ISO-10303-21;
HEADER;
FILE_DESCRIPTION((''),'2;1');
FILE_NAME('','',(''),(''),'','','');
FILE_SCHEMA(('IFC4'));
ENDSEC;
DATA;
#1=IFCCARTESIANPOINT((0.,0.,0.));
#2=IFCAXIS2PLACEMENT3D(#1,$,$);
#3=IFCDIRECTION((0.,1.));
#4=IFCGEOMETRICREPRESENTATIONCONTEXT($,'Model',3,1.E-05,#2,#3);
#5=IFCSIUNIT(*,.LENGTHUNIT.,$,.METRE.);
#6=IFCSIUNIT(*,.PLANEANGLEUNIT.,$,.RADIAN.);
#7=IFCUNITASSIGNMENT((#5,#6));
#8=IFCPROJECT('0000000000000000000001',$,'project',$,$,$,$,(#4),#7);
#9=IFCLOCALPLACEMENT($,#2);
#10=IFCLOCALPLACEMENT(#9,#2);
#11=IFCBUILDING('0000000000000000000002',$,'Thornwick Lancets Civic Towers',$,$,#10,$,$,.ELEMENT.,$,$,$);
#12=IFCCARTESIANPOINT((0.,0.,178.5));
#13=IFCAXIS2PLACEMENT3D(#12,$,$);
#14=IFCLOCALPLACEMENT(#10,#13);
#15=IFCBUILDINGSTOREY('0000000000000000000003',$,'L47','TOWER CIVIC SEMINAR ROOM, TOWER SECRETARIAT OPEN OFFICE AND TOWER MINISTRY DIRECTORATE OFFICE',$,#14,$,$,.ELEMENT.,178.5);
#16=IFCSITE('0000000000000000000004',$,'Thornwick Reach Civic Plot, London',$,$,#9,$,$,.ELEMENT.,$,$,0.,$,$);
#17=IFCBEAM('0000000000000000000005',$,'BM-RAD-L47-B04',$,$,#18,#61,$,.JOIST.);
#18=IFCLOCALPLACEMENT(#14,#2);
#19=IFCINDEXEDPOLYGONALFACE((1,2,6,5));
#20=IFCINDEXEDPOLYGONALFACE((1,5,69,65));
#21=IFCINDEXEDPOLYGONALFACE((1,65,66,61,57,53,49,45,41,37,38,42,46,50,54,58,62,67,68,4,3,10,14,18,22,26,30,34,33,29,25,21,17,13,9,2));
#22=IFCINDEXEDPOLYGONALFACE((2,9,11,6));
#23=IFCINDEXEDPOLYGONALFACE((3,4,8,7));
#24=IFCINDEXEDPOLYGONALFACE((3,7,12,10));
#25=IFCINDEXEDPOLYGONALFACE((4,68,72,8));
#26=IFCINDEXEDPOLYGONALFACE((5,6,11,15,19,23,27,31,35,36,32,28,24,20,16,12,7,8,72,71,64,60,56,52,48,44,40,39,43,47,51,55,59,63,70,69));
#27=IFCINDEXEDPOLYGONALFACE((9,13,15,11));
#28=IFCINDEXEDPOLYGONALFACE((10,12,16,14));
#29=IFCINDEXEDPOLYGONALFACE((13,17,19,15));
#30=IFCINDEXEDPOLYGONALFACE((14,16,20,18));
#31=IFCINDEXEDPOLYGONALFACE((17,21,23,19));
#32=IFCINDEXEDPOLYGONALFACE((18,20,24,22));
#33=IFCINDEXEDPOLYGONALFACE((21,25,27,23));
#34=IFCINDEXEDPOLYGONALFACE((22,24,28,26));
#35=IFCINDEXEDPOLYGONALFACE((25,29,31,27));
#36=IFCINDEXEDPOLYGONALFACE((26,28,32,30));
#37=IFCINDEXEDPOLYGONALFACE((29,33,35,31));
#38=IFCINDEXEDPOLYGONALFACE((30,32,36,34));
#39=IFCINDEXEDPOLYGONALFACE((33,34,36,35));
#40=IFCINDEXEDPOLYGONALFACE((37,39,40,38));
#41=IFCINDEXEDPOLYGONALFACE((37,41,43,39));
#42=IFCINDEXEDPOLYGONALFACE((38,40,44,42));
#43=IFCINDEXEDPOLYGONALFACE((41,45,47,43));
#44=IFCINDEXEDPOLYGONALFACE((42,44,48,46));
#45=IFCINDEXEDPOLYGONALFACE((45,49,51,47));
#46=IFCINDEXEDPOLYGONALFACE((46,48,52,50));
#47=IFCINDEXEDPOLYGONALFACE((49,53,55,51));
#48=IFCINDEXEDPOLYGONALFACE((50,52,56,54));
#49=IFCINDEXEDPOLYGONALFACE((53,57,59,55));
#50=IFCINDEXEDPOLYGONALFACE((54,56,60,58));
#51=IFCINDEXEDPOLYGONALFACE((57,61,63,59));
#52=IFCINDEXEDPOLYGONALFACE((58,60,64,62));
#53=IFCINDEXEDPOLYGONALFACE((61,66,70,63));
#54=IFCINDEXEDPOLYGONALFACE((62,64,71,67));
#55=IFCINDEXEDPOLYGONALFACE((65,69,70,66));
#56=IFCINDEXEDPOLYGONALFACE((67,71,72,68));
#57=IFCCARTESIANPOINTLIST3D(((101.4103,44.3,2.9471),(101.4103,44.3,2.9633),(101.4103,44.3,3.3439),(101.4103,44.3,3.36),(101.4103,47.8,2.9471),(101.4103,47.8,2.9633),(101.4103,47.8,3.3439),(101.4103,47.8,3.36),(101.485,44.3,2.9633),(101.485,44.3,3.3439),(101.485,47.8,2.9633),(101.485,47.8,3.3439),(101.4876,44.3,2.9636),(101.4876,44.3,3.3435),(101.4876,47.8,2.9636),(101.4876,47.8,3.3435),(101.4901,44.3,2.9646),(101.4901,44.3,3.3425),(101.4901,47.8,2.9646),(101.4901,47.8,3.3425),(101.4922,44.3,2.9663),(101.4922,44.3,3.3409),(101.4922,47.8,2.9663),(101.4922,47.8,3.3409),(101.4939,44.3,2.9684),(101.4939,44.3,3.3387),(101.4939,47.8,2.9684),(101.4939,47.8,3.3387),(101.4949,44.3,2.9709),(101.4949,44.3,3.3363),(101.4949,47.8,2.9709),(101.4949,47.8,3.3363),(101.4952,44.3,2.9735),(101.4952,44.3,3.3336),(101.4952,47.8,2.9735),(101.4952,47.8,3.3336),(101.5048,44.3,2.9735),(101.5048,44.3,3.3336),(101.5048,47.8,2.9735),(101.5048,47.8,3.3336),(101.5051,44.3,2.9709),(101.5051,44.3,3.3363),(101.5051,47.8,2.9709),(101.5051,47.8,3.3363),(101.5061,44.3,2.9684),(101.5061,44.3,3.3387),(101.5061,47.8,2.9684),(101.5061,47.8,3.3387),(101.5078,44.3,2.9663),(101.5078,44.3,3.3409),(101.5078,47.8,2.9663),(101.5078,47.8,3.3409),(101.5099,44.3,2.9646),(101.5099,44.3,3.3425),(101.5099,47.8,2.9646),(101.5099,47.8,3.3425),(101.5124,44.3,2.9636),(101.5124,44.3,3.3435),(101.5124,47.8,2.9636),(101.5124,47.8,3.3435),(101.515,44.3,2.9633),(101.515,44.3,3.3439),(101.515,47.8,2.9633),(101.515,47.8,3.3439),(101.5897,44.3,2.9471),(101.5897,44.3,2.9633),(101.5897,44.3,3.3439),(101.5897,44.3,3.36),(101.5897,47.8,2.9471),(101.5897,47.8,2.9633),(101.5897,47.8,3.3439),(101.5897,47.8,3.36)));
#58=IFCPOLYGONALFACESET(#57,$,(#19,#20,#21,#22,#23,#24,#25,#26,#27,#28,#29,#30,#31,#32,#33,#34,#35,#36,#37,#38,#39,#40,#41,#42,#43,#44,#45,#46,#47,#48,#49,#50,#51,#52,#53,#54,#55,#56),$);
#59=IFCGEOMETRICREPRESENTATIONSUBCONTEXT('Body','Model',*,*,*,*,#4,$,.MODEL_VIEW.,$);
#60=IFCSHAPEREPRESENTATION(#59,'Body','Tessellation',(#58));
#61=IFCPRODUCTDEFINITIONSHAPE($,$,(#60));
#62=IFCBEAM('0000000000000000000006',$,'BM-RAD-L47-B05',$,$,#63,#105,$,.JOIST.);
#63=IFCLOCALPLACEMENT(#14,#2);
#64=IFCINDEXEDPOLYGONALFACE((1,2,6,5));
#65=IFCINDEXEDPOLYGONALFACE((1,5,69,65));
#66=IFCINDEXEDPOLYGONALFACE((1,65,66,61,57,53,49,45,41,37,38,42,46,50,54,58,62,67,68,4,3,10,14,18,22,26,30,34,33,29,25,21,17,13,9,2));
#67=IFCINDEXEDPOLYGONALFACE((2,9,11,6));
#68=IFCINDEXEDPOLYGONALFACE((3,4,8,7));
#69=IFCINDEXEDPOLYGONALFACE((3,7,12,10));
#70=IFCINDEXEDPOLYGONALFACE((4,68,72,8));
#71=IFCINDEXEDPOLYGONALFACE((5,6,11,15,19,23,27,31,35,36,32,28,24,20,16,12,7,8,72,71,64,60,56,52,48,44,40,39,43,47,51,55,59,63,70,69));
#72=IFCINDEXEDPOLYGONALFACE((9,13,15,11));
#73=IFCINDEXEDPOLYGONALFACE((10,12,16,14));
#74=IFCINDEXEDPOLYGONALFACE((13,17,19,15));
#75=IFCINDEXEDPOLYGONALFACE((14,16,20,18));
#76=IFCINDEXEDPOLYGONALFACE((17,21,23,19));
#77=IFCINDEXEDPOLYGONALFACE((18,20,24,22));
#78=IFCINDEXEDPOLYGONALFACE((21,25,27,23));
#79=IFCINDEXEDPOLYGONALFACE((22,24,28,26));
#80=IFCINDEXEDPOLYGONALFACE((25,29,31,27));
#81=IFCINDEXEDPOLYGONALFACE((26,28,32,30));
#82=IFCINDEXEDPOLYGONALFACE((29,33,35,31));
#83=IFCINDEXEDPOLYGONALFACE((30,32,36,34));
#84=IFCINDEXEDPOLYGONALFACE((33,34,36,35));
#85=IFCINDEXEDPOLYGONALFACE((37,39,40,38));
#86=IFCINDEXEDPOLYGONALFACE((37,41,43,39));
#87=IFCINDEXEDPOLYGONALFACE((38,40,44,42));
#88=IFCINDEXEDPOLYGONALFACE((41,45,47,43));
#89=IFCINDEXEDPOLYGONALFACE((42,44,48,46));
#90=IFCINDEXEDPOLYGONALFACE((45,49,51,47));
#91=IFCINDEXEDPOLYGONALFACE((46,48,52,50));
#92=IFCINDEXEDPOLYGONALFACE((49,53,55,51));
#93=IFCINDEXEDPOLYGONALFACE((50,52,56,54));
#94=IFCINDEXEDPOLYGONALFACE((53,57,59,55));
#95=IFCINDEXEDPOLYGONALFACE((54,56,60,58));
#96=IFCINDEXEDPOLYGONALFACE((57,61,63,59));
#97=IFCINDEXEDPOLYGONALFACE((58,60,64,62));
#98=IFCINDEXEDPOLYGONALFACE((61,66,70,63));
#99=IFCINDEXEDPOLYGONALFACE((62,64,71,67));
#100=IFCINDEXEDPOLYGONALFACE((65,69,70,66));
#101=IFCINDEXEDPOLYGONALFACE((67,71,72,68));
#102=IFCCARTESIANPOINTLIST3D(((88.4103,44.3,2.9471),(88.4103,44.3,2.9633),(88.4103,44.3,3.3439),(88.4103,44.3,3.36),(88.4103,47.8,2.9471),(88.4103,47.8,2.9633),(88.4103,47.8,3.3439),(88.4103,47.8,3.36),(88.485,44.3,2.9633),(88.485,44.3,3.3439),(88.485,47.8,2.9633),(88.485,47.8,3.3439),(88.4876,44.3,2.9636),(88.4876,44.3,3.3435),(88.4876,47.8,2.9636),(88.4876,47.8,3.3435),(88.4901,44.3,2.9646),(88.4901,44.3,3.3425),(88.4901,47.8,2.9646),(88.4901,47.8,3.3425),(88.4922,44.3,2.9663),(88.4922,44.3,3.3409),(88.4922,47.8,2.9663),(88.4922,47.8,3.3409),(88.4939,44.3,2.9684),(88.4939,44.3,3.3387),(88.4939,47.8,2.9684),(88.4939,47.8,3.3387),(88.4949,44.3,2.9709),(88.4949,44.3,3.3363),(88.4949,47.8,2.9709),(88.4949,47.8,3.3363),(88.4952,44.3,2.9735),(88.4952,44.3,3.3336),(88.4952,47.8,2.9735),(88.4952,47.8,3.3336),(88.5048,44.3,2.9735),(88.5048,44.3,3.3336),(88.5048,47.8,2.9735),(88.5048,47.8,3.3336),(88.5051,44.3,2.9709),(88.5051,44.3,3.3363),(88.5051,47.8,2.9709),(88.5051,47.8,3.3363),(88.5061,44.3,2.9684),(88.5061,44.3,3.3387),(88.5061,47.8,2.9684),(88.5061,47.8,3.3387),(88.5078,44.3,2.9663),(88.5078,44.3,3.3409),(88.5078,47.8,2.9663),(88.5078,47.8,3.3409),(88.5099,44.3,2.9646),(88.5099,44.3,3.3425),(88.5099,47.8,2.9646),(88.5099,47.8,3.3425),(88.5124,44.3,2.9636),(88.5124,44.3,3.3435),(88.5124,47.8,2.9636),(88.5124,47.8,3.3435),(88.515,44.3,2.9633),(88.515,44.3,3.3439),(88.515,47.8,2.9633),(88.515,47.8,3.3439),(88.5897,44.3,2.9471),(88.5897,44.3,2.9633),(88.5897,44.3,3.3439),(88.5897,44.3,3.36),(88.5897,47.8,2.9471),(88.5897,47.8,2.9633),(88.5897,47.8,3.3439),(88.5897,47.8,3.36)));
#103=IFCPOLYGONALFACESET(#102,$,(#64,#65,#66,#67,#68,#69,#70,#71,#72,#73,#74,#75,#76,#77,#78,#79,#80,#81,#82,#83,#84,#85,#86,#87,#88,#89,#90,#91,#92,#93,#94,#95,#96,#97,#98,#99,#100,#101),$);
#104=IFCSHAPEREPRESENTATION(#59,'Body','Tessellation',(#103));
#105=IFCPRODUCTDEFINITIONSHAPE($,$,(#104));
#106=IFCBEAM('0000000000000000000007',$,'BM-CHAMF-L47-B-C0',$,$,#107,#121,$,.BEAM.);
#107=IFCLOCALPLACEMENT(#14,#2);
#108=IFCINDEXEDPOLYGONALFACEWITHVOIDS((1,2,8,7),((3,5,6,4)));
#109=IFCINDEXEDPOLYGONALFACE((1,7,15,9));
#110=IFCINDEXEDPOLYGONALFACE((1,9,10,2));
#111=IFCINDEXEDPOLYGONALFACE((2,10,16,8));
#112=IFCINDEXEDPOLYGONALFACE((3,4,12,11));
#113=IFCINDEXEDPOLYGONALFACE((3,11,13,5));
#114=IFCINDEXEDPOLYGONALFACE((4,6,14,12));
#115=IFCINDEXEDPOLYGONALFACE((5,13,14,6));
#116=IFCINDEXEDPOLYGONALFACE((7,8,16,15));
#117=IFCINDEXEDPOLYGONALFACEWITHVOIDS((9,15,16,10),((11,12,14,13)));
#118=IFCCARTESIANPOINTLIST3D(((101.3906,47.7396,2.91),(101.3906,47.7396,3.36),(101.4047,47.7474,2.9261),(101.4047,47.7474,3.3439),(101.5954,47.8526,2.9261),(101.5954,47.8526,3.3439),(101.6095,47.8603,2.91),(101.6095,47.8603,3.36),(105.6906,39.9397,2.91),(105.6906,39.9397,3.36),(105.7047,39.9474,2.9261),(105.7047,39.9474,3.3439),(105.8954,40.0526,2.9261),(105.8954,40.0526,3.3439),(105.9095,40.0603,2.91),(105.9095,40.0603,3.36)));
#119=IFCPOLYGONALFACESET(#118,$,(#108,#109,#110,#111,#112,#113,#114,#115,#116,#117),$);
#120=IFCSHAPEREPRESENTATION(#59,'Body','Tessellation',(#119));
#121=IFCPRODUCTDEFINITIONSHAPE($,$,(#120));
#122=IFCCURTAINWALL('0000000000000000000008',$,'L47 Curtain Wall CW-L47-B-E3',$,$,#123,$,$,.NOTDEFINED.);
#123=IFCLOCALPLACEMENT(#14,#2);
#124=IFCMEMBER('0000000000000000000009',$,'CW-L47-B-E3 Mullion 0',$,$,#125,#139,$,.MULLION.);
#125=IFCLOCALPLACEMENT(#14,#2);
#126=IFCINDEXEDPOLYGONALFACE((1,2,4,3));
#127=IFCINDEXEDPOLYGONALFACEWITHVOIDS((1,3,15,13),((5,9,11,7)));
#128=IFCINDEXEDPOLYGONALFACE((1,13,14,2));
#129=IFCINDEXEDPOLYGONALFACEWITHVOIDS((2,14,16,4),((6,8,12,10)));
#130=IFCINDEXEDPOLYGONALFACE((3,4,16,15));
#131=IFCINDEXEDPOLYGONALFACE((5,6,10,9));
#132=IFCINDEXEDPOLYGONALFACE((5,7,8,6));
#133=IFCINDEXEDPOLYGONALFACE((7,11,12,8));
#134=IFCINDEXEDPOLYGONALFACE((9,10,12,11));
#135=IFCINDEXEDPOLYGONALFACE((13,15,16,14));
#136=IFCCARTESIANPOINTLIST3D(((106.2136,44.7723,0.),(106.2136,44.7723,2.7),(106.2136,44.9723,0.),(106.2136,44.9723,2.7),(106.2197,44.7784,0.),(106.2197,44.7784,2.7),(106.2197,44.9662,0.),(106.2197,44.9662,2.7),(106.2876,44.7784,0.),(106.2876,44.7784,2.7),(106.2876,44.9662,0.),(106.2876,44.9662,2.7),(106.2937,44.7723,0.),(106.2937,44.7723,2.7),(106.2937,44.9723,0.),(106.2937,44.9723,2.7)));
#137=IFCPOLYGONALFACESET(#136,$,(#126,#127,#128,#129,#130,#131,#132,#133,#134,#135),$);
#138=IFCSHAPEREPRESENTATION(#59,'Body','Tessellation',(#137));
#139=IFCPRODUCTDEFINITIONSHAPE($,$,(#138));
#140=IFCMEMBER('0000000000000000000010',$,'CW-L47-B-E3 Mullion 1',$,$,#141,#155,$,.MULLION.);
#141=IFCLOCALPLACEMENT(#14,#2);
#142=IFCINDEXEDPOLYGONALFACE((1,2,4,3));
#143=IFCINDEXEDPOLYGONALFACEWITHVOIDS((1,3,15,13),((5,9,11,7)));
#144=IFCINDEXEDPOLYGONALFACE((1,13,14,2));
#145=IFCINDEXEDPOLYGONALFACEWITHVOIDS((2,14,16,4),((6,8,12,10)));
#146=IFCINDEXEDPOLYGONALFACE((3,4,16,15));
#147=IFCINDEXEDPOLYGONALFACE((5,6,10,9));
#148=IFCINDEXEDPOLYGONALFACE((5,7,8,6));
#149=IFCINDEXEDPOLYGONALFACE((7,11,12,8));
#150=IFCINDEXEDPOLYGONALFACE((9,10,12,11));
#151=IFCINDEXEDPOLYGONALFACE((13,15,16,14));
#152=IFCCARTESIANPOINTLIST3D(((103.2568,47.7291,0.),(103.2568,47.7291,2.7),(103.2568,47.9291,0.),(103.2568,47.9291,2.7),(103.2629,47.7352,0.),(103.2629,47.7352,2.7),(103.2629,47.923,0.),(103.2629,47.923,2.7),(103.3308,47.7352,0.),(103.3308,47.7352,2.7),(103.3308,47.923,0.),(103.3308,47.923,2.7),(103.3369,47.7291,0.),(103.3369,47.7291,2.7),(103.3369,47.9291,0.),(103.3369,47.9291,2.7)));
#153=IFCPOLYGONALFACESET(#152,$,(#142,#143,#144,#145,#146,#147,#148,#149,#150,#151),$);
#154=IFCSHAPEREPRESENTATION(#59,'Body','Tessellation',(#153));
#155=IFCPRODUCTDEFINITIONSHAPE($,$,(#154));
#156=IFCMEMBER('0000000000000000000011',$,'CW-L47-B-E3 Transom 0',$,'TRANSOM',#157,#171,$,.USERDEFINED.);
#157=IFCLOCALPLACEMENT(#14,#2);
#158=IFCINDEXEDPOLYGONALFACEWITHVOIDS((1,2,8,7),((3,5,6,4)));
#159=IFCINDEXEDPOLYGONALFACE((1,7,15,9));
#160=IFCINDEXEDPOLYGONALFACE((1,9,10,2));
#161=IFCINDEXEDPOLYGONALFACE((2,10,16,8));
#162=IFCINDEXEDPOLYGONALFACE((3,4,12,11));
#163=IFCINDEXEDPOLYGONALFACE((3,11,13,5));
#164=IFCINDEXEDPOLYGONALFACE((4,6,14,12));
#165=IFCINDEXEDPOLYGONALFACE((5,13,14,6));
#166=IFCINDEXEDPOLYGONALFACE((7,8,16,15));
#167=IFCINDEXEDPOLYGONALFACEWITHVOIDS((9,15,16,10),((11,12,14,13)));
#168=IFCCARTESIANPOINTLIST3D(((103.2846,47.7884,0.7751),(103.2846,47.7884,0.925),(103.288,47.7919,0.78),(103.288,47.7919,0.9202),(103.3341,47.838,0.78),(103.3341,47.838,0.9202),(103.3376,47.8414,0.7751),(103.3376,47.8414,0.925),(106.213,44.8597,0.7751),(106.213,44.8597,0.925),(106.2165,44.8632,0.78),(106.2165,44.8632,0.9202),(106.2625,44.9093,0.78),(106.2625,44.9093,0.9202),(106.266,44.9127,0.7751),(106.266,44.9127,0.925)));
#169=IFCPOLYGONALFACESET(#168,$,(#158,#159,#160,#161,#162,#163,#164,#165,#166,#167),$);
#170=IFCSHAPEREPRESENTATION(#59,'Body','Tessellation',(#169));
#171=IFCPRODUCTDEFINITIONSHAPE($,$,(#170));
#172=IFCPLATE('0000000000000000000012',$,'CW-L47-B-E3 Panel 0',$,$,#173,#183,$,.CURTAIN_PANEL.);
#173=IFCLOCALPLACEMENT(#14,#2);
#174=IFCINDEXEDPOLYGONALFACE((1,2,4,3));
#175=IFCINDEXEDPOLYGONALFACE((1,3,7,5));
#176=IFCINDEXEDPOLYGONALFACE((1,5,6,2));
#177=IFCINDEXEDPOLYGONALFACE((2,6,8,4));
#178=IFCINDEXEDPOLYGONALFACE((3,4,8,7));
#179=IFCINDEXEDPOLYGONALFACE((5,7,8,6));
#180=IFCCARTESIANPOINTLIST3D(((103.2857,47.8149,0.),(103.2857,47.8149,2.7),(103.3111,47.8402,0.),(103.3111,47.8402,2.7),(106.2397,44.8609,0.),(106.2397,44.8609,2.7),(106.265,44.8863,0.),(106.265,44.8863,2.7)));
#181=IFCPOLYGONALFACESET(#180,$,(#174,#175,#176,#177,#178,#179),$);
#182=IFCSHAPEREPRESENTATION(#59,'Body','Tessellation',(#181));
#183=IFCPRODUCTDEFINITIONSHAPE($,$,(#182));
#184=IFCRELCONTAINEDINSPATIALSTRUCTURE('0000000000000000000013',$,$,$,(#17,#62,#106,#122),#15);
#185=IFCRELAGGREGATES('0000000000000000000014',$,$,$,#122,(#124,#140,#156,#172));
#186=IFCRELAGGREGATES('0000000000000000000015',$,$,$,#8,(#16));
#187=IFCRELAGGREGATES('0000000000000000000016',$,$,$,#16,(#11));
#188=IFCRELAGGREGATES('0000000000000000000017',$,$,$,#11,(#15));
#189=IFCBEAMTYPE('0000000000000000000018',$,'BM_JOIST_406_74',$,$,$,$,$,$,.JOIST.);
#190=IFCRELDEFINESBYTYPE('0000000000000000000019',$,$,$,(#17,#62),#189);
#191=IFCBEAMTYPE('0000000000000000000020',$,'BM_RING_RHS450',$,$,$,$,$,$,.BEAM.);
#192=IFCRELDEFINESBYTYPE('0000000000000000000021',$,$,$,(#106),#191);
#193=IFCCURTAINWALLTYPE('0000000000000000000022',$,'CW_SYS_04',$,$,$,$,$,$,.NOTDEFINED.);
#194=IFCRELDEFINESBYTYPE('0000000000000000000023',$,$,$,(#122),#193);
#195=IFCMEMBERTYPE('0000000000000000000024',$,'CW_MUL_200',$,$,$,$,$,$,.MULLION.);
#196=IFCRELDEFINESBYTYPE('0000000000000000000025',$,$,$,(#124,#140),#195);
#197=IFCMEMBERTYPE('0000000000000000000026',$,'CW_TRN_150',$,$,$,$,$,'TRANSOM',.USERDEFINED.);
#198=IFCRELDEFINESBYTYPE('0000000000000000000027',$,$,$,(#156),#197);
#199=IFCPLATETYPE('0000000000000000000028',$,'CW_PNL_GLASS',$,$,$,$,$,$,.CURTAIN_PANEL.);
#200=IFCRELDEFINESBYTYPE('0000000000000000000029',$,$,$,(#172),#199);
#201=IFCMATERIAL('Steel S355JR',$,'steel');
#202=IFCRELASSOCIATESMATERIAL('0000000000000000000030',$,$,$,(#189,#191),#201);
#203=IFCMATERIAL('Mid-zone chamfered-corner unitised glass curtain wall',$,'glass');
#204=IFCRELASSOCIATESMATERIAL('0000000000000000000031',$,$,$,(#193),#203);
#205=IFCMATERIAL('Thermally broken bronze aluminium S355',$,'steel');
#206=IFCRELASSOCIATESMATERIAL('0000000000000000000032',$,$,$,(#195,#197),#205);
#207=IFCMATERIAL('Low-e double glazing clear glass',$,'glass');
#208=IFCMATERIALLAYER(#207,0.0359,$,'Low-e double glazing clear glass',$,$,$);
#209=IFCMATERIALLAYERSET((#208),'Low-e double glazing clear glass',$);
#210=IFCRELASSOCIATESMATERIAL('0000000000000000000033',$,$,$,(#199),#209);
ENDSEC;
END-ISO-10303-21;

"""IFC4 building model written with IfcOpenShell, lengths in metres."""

from ifc_helpers import new_model, si_unit, direction, frame, origin, origin_2d, place, context, subcontext, project, spatial, rectangle, hollow_rectangle, i_section, extrude, material, layer, layer_set, material_profile, profile_set, type_object, element, aggregate, save


model = new_model("IFC4")

# Units and contexts
model_context = context("Model", 3, precision=1e-05, world=origin(), true_north=direction((0.0, 1.0)))
body_context = subcontext(model_context, "Body", "Model", "MODEL_VIEW")
ifc_project = project(units=[si_unit("LENGTHUNIT", "METRE"), si_unit("PLANEANGLEUNIT", "RADIAN")], contexts=[model_context])

# Site, building, storey
site_placement = place(None, origin())
site = spatial("IfcSite", under=ifc_project, at=site_placement, Name="Thornwick Reach Civic Plot, London", CompositionType="ELEMENT", RefElevation=0.0)
building_placement = place(site_placement, origin())
building = spatial("IfcBuilding", under=site, at=building_placement, Name="Thornwick Lancets Civic Towers", CompositionType="ELEMENT")
storey_placement = place(building_placement, frame((0.0, 0.0, 178.5)))
storey = spatial("IfcBuildingStorey", under=building, at=storey_placement, Name="L47", Description="TOWER CIVIC SEMINAR ROOM, TOWER SECRETARIAT OPEN OFFICE AND TOWER MINISTRY DIRECTORATE OFFICE", CompositionType="ELEMENT", Elevation=178.5)

# Beams
ifc_material_1 = material(Name="Steel S355JR", Category="steel")
ifc_material_profile_1 = material_profile(ifc_material_1, i_section(OverallWidth=0.1794, OverallDepth=0.4128, WebThickness=0.0095, FlangeThickness=0.0161, FilletRadius=0.0103, at=origin_2d()), Name="UKB 406x178x74")
ifc_profile_set_1 = profile_set([ifc_material_profile_1], Name="Steel S355JR")
beam_type_1 = type_object("IfcBeamType", Name="BM_JOIST_406_74", PredefinedType="JOIST", material=ifc_profile_set_1)
for number, where, z_axis, x_axis, name in (
    (1, (101.5, 44.3, 3.1536), (0.0, 1.0, 0.0), (-1.0, 0.0, 0.0), "BM-RAD-L47-B04"),
    (2, (88.5, 44.3, 3.1536), (0.0, 1.0, 0.0), (-1.0, 0.0, 0.0), "BM-RAD-L47-B05"),
):
    element("IfcBeam", number, at=place(storey_placement, frame(where, z_axis=z_axis, x_axis=x_axis)), inside=storey, type_object=beam_type_1, Name=name, PredefinedType="JOIST", context=body_context, shape_type="SweptSolid", body=[
        extrude(i_section(OverallWidth=0.1794, OverallDepth=0.4128, WebThickness=0.0095, FlangeThickness=0.0161, FilletRadius=0.0103, at=origin_2d()), origin(), (0.0, 0.0, 1.0), 3.5),
    ])
ifc_material_profile_2 = material_profile(ifc_material_1, hollow_rectangle(XDim=0.25, YDim=0.45, WallThickness=0.0161, at=origin_2d()), Name="RHS 450x250x16")
ifc_profile_set_2 = profile_set([ifc_material_profile_2], Name="Steel S355JR")
beam_type_2 = type_object("IfcBeamType", Name="BM_RING_RHS450", PredefinedType="BEAM", material=ifc_profile_set_2)
beam_1_placement = place(storey_placement, frame((105.8, 40.0, 3.135), z_axis=(-0.482782, 0.87574, 0.0), x_axis=(-0.87574, -0.482782, 0.0)))
element("IfcBeam", 3, at=beam_1_placement, inside=storey, type_object=beam_type_2, Name="BM-CHAMF-L47-B-C0", PredefinedType="BEAM", context=body_context, shape_type="SweptSolid", body=[
    extrude(hollow_rectangle(XDim=0.25, YDim=0.45, WallThickness=0.0161, at=origin_2d()), origin(), (0.0, 0.0, 1.0), 8.9067),
])

# Curtain wall, members, plate
ifc_material_2 = material(Name="Mid-zone chamfered-corner unitised glass curtain wall", Category="glass")
curtain_wall_type = type_object("IfcCurtainWallType", Name="CW_SYS_04", PredefinedType="NOTDEFINED", material=ifc_material_2)
curtain_wall_placement = place(storey_placement, origin())
curtain_wall = element("IfcCurtainWall", 4, at=curtain_wall_placement, inside=storey, type_object=curtain_wall_type, Name="L47 Curtain Wall CW-L47-B-E3", PredefinedType="NOTDEFINED")
ifc_material_3 = material(Name="Thermally broken bronze aluminium S355", Category="steel")
ifc_material_profile_3 = material_profile(ifc_material_3, hollow_rectangle(XDim=0.0801, YDim=0.2, WallThickness=0.0061, at=origin_2d()), Name="RHS 200x80x6")
ifc_profile_set_3 = profile_set([ifc_material_profile_3], Name="Thermally broken bronze aluminium S355")
member_type_1 = type_object("IfcMemberType", Name="CW_MUL_200", PredefinedType="MULLION", material=ifc_profile_set_3)
member_1_placement = place(storey_placement, frame((106.2537, 44.8723, 0.0), z_axis=(0.0, 0.0, 1.0), x_axis=(1.0, 0.0, 0.0)))
member_1 = element("IfcMember", 5, at=member_1_placement, type_object=member_type_1, Name="CW-L47-B-E3 Mullion 0", PredefinedType="MULLION", context=body_context, shape_type="SweptSolid", body=[
    extrude(hollow_rectangle(XDim=0.0801, YDim=0.2, WallThickness=0.0061, at=origin_2d()), origin(), (0.0, 0.0, 1.0), 2.7),
])
member_2_placement = place(storey_placement, frame((103.2969, 47.8291, 0.0), z_axis=(0.0, 0.0, 1.0), x_axis=(1.0, 0.0, 0.0)))
member_2 = element("IfcMember", 6, at=member_2_placement, type_object=member_type_1, Name="CW-L47-B-E3 Mullion 1", PredefinedType="MULLION", context=body_context, shape_type="SweptSolid", body=[
    extrude(hollow_rectangle(XDim=0.0801, YDim=0.2, WallThickness=0.0061, at=origin_2d()), origin(), (0.0, 0.0, 1.0), 2.7),
])
ifc_material_profile_4 = material_profile(ifc_material_3, hollow_rectangle(XDim=0.075, YDim=0.1499, WallThickness=0.0049, at=origin_2d()), Name="RHS 150x75x5")
ifc_profile_set_4 = profile_set([ifc_material_profile_4], Name="Thermally broken bronze aluminium S355")
member_type_2 = type_object("IfcMemberType", Name="CW_TRN_150", ElementType="TRANSOM", PredefinedType="USERDEFINED", material=ifc_profile_set_4)
member_3_placement = place(storey_placement, frame((106.2395, 44.8862, 0.8501), z_axis=(-0.707077, 0.707136, 0.0), x_axis=(-0.707136, -0.707077, 0.0)))
member_3 = element("IfcMember", 7, at=member_3_placement, type_object=member_type_2, Name="CW-L47-B-E3 Transom 0", ObjectType="TRANSOM", PredefinedType="USERDEFINED", context=body_context, shape_type="SweptSolid", body=[
    extrude(hollow_rectangle(XDim=0.075, YDim=0.1499, WallThickness=0.0049, at=origin_2d()), origin(), (0.0, 0.0, 1.0), 4.1416),
])
ifc_material_4 = material(Name="Low-e double glazing clear glass", Category="glass")
ifc_layer_1 = layer(ifc_material_4, 0.0359, Name="Low-e double glazing clear glass")
ifc_layer_set_1 = layer_set([ifc_layer_1], Name="Low-e double glazing clear glass")
plate_type = type_object("IfcPlateType", Name="CW_PNL_GLASS", PredefinedType="CURTAIN_PANEL", material=ifc_layer_set_1)
plate_placement = place(storey_placement, frame((104.7754, 46.3506, 0.0), z_axis=(0.0, 0.0, 1.0), x_axis=(-0.707107, 0.707107, 0.0)))
plate = element("IfcPlate", 8, at=plate_placement, type_object=plate_type, Name="CW-L47-B-E3 Panel 0", PredefinedType="CURTAIN_PANEL", context=body_context, shape_type="SweptSolid", body=[
    extrude(rectangle(XDim=4.1775, YDim=0.0359, at=origin_2d()), origin(), (0.0, 0.0, 1.0), 2.7),
])
aggregate(curtain_wall, [member_1, member_2, member_3, plate])

save(model, "model.ifc")
